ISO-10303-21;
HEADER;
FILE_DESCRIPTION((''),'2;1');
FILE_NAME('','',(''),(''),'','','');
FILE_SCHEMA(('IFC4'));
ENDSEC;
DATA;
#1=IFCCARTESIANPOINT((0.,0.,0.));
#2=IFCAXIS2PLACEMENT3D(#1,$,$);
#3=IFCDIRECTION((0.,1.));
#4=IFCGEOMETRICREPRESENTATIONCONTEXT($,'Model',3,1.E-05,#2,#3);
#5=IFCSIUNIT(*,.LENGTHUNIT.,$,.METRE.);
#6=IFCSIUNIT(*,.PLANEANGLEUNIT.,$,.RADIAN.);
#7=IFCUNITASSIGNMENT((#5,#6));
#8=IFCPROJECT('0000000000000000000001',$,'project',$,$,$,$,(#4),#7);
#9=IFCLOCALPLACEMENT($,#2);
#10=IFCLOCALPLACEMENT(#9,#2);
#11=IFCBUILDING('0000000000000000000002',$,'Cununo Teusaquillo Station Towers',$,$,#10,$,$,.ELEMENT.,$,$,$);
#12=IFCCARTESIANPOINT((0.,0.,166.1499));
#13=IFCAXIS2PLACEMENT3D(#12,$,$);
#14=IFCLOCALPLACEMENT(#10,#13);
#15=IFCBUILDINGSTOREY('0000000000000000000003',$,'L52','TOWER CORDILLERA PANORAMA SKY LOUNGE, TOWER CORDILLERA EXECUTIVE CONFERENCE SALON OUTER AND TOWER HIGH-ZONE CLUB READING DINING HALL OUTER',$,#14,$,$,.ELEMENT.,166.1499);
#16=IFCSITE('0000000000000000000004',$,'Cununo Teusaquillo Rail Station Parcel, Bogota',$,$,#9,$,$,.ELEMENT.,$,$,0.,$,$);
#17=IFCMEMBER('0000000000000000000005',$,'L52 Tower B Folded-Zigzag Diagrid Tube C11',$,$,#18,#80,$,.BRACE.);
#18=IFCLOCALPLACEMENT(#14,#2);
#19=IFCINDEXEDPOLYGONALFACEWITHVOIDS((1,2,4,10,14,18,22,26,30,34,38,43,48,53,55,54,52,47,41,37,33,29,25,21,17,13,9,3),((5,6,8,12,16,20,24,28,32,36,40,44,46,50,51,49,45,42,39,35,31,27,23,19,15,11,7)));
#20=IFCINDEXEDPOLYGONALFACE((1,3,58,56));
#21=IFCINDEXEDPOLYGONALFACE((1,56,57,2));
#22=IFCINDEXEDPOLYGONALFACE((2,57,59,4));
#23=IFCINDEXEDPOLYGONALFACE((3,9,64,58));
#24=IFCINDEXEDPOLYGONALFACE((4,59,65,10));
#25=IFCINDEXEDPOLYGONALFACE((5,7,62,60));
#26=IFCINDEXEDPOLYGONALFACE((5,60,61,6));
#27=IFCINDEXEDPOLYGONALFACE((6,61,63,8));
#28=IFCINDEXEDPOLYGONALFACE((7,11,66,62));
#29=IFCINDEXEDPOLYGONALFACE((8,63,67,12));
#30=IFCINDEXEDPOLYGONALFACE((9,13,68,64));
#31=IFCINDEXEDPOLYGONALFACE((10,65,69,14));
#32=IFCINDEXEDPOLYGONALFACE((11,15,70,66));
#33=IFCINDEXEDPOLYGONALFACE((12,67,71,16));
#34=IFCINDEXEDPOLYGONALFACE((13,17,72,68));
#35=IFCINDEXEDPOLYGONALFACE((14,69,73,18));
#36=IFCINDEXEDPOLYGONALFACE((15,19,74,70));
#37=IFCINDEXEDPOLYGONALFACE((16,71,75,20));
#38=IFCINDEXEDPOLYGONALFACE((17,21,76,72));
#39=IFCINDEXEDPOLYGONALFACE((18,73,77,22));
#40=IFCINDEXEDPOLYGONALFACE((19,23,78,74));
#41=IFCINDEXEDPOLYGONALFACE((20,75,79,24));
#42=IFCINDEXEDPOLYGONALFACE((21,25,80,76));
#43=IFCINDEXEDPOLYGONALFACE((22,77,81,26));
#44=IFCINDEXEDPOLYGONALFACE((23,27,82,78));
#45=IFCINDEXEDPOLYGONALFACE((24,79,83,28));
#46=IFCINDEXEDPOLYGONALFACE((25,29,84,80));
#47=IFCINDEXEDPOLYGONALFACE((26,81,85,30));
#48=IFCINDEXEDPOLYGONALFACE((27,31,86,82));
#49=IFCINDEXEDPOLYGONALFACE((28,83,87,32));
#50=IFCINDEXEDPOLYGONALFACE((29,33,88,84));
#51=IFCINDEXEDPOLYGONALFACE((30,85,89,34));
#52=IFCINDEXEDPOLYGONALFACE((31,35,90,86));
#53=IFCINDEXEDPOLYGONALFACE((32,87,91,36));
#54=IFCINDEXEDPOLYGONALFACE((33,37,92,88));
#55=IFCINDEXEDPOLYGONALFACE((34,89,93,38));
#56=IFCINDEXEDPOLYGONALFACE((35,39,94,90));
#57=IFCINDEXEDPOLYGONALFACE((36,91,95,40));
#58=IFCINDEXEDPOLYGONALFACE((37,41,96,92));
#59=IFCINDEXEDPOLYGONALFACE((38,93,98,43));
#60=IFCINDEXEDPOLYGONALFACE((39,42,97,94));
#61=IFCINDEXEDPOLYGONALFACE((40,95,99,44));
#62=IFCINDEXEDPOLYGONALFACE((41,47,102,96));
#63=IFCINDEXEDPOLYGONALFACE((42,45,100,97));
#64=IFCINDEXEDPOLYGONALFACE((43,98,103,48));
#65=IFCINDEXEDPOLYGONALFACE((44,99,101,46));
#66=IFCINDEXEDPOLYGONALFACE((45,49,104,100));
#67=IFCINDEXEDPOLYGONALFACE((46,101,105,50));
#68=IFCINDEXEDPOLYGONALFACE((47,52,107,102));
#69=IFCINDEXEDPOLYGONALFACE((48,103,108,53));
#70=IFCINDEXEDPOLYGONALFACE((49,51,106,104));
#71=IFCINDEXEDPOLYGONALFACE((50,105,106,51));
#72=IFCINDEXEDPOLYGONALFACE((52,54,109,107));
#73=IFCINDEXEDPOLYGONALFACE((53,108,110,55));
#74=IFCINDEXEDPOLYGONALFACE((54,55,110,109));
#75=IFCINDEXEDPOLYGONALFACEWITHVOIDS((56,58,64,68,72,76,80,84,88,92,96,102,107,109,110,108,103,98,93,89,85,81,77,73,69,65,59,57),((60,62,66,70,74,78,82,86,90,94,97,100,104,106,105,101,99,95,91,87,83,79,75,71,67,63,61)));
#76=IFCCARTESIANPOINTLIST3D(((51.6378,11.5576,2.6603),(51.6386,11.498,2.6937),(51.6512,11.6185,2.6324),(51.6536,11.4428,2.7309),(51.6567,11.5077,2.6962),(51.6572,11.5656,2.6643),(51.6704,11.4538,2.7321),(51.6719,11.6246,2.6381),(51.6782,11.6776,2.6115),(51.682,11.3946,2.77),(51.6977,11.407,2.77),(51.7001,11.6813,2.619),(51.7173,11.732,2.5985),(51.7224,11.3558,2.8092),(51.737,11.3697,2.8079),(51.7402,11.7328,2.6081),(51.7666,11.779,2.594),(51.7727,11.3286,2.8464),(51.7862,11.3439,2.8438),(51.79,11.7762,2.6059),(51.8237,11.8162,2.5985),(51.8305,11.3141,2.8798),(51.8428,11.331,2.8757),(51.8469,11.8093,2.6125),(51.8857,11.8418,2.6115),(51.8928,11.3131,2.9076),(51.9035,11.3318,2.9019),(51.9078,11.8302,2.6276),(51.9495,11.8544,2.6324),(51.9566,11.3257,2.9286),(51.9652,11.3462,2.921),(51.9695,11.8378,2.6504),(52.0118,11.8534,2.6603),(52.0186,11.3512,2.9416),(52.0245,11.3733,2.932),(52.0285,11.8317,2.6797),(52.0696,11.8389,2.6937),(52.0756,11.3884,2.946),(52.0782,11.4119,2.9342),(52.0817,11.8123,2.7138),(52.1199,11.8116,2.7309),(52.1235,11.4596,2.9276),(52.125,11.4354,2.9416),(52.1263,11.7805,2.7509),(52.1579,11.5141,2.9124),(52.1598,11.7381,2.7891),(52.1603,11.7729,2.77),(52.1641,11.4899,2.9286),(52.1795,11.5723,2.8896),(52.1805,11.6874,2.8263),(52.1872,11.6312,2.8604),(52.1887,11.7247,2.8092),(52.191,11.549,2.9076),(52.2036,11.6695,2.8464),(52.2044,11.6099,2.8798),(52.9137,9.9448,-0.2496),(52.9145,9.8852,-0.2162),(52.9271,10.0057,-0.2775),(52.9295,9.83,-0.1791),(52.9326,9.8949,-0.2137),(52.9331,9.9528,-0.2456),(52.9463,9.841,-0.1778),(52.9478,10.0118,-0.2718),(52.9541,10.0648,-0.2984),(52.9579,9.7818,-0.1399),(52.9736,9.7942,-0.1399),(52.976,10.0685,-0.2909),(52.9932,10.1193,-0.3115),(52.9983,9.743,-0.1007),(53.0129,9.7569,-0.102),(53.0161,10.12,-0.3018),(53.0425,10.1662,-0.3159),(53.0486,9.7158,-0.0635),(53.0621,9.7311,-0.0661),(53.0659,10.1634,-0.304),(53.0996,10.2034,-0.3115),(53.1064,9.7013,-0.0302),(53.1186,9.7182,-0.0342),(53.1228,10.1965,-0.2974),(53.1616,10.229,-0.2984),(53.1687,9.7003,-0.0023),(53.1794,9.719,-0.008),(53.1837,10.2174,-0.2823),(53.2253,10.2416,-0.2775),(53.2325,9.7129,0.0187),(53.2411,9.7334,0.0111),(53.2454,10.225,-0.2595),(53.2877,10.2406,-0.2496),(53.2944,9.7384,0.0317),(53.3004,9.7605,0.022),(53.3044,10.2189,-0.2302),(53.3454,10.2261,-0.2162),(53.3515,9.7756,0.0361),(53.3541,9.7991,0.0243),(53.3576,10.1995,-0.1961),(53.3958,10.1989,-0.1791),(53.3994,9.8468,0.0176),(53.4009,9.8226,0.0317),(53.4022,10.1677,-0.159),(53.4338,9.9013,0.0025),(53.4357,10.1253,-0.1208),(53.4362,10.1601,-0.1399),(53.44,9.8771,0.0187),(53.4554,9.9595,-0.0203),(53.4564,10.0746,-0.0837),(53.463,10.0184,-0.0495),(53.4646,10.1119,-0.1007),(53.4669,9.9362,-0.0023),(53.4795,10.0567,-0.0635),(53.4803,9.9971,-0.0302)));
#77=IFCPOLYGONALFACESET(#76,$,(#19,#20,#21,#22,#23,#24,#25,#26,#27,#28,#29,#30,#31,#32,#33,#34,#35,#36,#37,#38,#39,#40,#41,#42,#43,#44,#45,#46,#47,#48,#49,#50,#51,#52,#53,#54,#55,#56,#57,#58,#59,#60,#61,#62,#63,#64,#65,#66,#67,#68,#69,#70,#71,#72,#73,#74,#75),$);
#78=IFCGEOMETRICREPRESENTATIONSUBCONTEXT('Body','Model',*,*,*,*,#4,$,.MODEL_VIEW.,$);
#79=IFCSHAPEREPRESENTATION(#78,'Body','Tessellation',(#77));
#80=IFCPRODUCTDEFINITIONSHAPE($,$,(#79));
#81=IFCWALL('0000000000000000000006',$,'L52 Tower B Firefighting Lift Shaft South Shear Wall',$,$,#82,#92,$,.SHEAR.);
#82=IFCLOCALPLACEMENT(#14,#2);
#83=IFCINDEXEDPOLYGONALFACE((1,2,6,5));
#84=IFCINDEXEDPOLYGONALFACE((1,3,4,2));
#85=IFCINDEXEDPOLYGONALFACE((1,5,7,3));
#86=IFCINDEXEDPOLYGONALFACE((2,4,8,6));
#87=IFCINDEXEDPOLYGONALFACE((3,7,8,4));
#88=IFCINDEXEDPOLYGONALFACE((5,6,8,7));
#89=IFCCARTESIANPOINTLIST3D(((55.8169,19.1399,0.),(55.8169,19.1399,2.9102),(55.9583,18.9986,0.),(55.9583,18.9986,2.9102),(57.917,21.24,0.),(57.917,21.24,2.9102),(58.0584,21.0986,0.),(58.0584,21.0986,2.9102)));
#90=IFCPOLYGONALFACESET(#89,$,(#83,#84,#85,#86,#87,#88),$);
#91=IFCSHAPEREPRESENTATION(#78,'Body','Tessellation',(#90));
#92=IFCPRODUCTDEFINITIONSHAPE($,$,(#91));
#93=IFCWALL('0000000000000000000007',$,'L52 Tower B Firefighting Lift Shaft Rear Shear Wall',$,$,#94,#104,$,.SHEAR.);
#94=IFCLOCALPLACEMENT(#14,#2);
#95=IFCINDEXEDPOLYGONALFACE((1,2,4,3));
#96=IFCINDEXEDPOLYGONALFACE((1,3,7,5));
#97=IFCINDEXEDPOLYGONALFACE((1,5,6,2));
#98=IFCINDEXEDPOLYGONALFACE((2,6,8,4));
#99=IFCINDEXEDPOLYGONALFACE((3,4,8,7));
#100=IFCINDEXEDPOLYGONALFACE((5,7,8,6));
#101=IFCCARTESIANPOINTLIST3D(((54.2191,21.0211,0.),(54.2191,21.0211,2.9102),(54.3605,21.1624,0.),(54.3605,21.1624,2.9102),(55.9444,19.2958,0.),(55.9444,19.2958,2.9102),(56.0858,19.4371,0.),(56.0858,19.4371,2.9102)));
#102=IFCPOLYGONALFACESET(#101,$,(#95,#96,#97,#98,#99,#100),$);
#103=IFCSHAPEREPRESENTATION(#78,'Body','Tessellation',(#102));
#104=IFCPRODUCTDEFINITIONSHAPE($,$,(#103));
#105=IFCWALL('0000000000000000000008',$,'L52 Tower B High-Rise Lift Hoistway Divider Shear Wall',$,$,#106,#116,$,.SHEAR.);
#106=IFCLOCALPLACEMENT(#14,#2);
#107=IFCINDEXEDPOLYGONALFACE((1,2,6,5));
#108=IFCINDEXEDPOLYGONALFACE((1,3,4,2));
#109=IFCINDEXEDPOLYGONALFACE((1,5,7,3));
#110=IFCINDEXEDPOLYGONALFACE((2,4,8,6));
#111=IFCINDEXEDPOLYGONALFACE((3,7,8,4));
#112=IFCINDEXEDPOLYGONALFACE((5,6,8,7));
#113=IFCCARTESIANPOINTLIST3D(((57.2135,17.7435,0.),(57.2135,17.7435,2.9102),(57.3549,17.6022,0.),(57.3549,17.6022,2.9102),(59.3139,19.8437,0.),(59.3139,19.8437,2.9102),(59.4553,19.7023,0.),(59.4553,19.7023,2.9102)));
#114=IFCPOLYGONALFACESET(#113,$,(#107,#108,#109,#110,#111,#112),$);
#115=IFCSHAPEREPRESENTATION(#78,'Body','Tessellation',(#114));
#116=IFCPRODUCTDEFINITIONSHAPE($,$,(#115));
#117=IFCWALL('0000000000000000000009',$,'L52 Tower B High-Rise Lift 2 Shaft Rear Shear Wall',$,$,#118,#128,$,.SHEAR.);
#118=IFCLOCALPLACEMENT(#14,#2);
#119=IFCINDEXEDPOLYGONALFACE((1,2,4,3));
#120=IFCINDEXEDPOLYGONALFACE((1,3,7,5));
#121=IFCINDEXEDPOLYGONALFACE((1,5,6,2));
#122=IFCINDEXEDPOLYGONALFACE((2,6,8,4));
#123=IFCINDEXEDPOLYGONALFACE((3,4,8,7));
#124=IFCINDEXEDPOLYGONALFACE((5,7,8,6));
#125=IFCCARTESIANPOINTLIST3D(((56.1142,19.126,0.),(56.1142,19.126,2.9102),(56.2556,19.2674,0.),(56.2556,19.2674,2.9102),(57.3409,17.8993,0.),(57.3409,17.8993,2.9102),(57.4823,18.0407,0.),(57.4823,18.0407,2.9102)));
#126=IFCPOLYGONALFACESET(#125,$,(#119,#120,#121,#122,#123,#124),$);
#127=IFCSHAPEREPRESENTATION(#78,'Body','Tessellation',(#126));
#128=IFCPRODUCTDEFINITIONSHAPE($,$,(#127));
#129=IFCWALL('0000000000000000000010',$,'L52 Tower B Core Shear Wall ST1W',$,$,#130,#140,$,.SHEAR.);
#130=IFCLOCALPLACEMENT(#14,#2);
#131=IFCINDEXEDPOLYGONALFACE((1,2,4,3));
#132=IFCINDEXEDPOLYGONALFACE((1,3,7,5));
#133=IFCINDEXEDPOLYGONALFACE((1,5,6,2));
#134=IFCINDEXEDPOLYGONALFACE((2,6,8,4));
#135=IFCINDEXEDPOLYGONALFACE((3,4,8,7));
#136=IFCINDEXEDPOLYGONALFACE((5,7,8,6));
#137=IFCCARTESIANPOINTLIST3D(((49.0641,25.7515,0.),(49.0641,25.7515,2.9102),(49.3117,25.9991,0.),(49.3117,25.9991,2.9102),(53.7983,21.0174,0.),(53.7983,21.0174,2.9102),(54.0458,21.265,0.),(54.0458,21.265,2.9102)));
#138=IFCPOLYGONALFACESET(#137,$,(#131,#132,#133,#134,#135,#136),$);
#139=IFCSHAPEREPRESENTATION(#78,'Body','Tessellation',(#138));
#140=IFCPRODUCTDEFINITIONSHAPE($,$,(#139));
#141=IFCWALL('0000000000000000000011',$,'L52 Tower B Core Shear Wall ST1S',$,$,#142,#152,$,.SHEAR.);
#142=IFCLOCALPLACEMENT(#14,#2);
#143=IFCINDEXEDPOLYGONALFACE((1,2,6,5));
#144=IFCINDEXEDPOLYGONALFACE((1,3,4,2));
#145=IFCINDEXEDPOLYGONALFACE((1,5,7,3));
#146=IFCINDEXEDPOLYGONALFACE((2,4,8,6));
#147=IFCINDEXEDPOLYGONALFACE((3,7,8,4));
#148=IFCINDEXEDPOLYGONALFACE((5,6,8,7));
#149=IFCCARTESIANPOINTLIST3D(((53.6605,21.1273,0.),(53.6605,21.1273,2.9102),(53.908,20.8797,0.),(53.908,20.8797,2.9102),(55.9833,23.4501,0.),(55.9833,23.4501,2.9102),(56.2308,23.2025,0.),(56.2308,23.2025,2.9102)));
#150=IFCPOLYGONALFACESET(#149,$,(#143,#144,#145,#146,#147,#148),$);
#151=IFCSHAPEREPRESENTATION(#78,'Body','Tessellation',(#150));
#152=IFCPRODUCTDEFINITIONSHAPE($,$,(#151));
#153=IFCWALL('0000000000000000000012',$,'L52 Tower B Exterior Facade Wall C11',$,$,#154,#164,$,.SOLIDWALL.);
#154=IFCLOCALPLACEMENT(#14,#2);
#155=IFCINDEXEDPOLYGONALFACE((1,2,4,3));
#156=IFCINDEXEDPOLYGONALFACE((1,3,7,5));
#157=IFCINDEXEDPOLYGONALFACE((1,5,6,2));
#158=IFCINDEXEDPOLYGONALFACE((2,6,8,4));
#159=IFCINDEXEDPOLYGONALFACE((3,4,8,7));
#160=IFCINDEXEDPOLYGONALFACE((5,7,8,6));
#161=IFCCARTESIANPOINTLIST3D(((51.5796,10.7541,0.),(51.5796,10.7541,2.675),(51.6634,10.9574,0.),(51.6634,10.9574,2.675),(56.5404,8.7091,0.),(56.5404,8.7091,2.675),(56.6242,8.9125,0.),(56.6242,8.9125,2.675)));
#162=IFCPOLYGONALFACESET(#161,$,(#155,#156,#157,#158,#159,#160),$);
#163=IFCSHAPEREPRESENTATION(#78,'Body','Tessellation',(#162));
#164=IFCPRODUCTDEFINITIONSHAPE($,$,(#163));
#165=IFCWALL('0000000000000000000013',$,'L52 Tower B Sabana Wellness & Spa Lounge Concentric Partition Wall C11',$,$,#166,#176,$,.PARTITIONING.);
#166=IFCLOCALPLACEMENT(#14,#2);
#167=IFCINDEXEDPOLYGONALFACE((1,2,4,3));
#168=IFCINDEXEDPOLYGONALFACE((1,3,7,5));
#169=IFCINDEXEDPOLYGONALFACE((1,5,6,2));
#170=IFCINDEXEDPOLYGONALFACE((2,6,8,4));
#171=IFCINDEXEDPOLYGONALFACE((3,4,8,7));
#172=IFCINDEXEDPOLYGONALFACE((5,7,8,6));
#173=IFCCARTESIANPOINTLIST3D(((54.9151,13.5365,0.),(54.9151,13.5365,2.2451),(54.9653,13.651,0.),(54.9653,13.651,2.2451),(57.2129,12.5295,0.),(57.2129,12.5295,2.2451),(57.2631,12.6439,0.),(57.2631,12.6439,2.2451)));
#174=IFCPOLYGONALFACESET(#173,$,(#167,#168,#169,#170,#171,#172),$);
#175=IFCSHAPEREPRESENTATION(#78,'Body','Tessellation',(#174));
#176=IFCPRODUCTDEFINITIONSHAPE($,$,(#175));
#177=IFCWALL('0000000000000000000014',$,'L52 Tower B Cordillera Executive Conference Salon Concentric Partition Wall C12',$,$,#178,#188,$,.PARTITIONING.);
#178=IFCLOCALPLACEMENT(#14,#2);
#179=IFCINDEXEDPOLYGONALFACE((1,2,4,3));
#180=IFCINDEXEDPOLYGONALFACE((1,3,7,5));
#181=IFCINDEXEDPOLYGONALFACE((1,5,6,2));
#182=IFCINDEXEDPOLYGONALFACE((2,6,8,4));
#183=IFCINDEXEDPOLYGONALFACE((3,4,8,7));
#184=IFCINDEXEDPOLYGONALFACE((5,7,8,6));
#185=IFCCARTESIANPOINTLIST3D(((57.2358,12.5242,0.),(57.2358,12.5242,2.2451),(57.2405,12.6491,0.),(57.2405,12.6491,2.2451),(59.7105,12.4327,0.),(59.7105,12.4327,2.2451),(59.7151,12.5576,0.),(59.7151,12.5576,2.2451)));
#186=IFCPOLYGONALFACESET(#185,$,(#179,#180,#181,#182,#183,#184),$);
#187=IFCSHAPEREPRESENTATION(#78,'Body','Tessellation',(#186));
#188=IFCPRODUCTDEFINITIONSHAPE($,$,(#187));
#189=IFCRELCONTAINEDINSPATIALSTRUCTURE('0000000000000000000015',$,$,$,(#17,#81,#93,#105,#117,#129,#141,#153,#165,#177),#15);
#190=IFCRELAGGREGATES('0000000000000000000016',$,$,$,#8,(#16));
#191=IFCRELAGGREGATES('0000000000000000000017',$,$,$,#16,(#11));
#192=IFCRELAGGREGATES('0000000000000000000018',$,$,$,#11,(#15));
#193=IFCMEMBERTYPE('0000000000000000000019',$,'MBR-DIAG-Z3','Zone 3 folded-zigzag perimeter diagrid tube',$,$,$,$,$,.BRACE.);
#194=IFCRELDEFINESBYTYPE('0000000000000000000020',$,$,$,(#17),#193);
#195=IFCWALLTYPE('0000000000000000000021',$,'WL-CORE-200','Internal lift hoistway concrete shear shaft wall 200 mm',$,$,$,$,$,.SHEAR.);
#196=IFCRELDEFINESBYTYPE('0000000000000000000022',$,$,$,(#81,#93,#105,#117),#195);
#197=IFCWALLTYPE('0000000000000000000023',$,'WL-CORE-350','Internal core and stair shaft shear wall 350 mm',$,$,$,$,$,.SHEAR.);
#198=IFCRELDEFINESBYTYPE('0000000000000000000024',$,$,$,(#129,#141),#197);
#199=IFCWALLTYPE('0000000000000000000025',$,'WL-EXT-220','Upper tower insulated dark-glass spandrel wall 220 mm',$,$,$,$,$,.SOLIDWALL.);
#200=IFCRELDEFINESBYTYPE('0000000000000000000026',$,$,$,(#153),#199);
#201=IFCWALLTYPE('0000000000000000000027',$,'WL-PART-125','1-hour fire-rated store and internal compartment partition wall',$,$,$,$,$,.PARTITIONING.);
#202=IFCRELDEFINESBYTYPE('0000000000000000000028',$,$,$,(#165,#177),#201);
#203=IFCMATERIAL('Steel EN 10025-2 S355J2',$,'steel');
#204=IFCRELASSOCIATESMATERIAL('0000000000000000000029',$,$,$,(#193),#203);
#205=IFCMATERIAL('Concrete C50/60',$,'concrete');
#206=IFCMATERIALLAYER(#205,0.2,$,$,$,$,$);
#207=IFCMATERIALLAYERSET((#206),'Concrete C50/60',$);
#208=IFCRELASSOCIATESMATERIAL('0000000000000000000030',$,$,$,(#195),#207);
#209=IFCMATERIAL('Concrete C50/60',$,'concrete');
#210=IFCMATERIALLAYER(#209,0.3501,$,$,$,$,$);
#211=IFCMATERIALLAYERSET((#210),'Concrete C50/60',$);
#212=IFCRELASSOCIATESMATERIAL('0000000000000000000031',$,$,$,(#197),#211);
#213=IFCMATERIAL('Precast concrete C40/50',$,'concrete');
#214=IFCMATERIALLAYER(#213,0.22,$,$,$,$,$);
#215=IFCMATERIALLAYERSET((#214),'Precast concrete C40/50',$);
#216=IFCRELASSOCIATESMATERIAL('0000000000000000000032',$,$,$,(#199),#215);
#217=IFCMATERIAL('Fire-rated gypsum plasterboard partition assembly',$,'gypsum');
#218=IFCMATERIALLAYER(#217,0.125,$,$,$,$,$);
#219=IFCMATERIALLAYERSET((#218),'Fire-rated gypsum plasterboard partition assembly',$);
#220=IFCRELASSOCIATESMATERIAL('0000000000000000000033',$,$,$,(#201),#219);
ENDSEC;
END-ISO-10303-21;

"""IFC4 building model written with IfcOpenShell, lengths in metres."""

from ifc_helpers import new_model, si_unit, direction, frame, frame_2d, origin, origin_2d, place, context, subcontext, project, spatial, rectangle, hollow_circle, extrude, material, layer, layer_set, material_profile, profile_set, type_object, element, save


model = new_model("IFC4")

# Units and contexts
model_context = context("Model", 3, precision=1e-05, world=origin(), true_north=direction((0.0, 1.0)))
body_context = subcontext(model_context, "Body", "Model", "MODEL_VIEW")
ifc_project = project(units=[si_unit("LENGTHUNIT", "METRE"), si_unit("PLANEANGLEUNIT", "RADIAN")], contexts=[model_context])

# Site, building, storey
site_placement = place(None, origin())
site = spatial("IfcSite", under=ifc_project, at=site_placement, Name="Cununo Teusaquillo Rail Station Parcel, Bogota", CompositionType="ELEMENT", RefElevation=0.0)
building_placement = place(site_placement, origin())
building = spatial("IfcBuilding", under=site, at=building_placement, Name="Cununo Teusaquillo Station Towers", CompositionType="ELEMENT")
storey_placement = place(building_placement, frame((0.0, 0.0, 166.1499)))
storey = spatial("IfcBuildingStorey", under=building, at=storey_placement, Name="L52", Description="TOWER CORDILLERA PANORAMA SKY LOUNGE, TOWER CORDILLERA EXECUTIVE CONFERENCE SALON OUTER AND TOWER HIGH-ZONE CLUB READING DINING HALL OUTER", CompositionType="ELEMENT", Elevation=166.1499)

# Member
ifc_material_1 = material(Name="Steel EN 10025-2 S355J2", Category="steel")
ifc_material_profile_1 = material_profile(ifc_material_1, hollow_circle(Radius=0.3049, WallThickness=0.02, at=origin_2d()), Name="CHS 610x20")
ifc_profile_set_1 = profile_set([ifc_material_profile_1], Name="Steel EN 10025-2 S355J2")
member_type = type_object("IfcMemberType", Name="MBR-DIAG-Z3", Description="Zone 3 folded-zigzag perimeter diagrid tube", PredefinedType="BRACE", material=ifc_profile_set_1)
member_placement = place(storey_placement, frame((53.197, 9.9709, -0.1399), z_axis=(-0.358069, 0.452622, 0.816652), x_axis=(-0.784262, -0.620429, 0.0)))
element("IfcMember", 1, at=member_placement, inside=storey, type_object=member_type, Name="L52 Tower B Folded-Zigzag Diagrid Tube C11", PredefinedType="BRACE", context=body_context, shape_type="SweptSolid", body=[
    extrude(hollow_circle(Radius=0.3049, WallThickness=0.02, at=origin_2d()), origin(), (0.0, 0.0, 1.0), 3.5632),
])

# Walls
ifc_material_2 = material(Name="Concrete C50/60", Category="concrete")
ifc_layer_1 = layer(ifc_material_2, 0.2)
ifc_layer_set_1 = layer_set([ifc_layer_1], Name="Concrete C50/60")
wall_type_1 = type_object("IfcWallType", Name="WL-CORE-200", Description="Internal lift hoistway concrete shear shaft wall 200 mm", PredefinedType="SHEAR", material=ifc_layer_set_1)
wall_1_placement = place(storey_placement, frame((55.8877, 19.0693, 0.0), z_axis=(0.0, 0.0, 1.0), x_axis=(0.707107, 0.707107, 0.0)))
element("IfcWall", 2, at=wall_1_placement, inside=storey, type_object=wall_type_1, Name="L52 Tower B Firefighting Lift Shaft South Shear Wall", PredefinedType="SHEAR", context=body_context, shape_type="SweptSolid", body=[
    extrude(rectangle(XDim=2.97, YDim=0.2, at=frame_2d((1.4849, 0.0))), origin(), (0.0, 0.0, 1.0), 2.9102),
])
wall_2_placement = place(storey_placement, frame((56.0151, 19.3665, 0.0), z_axis=(0.0, 0.0, 1.0), x_axis=(-0.707107, 0.707107, 0.0)))
element("IfcWall", 3, at=wall_2_placement, inside=storey, type_object=wall_type_1, Name="L52 Tower B Firefighting Lift Shaft Rear Shear Wall", PredefinedType="SHEAR", context=body_context, shape_type="SweptSolid", body=[
    extrude(rectangle(XDim=2.4399, YDim=0.2, at=frame_2d((1.22, 0.0))), origin(), (0.0, 0.0, 1.0), 2.9102),
])
wall_3_placement = place(storey_placement, frame((57.2842, 17.6729, 0.0), z_axis=(0.0, 0.0, 1.0), x_axis=(0.707148, 0.707066, 0.0)))
element("IfcWall", 4, at=wall_3_placement, inside=storey, type_object=wall_type_1, Name="L52 Tower B High-Rise Lift Hoistway Divider Shear Wall", PredefinedType="SHEAR", context=body_context, shape_type="SweptSolid", body=[
    extrude(rectangle(XDim=2.9702, YDim=0.2, at=frame_2d((1.4851, 0.0))), origin(), (0.0, 0.0, 1.0), 2.9102),
])
wall_4_placement = place(storey_placement, frame((57.4116, 17.97, 0.0), z_axis=(0.0, 0.0, 1.0), x_axis=(-0.707107, 0.707107, 0.0)))
element("IfcWall", 5, at=wall_4_placement, inside=storey, type_object=wall_type_1, Name="L52 Tower B High-Rise Lift 2 Shaft Rear Shear Wall", PredefinedType="SHEAR", context=body_context, shape_type="SweptSolid", body=[
    extrude(rectangle(XDim=1.7349, YDim=0.2, at=frame_2d((0.8674, 0.0))), origin(), (0.0, 0.0, 1.0), 2.9102),
])
ifc_material_3 = material(Name="Concrete C50/60", Category="concrete")
ifc_layer_2 = layer(ifc_material_3, 0.3501)
ifc_layer_set_2 = layer_set([ifc_layer_2], Name="Concrete C50/60")
wall_type_2 = type_object("IfcWallType", Name="WL-CORE-350", Description="Internal core and stair shaft shear wall 350 mm", PredefinedType="SHEAR", material=ifc_layer_set_2)
wall_5_placement = place(storey_placement, frame((53.9221, 21.1411, 0.0), z_axis=(0.0, 0.0, 1.0), x_axis=(-0.707107, 0.707107, 0.0)))
element("IfcWall", 6, at=wall_5_placement, inside=storey, type_object=wall_type_2, Name="L52 Tower B Core Shear Wall ST1W", PredefinedType="SHEAR", context=body_context, shape_type="SweptSolid", body=[
    extrude(rectangle(XDim=6.6951, YDim=0.3501, at=frame_2d((3.3477, 0.0))), origin(), (0.0, 0.0, 1.0), 2.9102),
])
wall_6_placement = place(storey_placement, frame((53.7842, 21.0034, 0.0), z_axis=(0.0, 0.0, 1.0), x_axis=(0.707107, 0.707107, 0.0)))
element("IfcWall", 7, at=wall_6_placement, inside=storey, type_object=wall_type_2, Name="L52 Tower B Core Shear Wall ST1S", PredefinedType="SHEAR", context=body_context, shape_type="SweptSolid", body=[
    extrude(rectangle(XDim=3.2849, YDim=0.3501, at=frame_2d((1.6426, 0.0))), origin(), (0.0, 0.0, 1.0), 2.9102),
])
ifc_material_4 = material(Name="Precast concrete C40/50", Category="concrete")
ifc_layer_3 = layer(ifc_material_4, 0.22)
ifc_layer_set_3 = layer_set([ifc_layer_3], Name="Precast concrete C40/50")
wall_type_3 = type_object("IfcWallType", Name="WL-EXT-220", Description="Upper tower insulated dark-glass spandrel wall 220 mm", PredefinedType="SOLIDWALL", material=ifc_layer_set_3)
wall_7_placement = place(storey_placement, frame((56.5823, 8.8108, 0.0), z_axis=(0.0, 0.0, 1.0), x_axis=(-0.924528, 0.381114, 0.0)))
element("IfcWall", 8, at=wall_7_placement, inside=storey, type_object=wall_type_3, Name="L52 Tower B Exterior Facade Wall C11", PredefinedType="SOLIDWALL", context=body_context, shape_type="SweptSolid", body=[
    extrude(rectangle(XDim=5.3657, YDim=0.22, at=frame_2d((2.6829, 0.0))), origin(), (0.0, 0.0, 1.0), 2.675),
])
ifc_material_5 = material(Name="Fire-rated gypsum plasterboard partition assembly", Category="gypsum")
ifc_layer_4 = layer(ifc_material_5, 0.125)
ifc_layer_set_4 = layer_set([ifc_layer_4], Name="Fire-rated gypsum plasterboard partition assembly")
wall_type_4 = type_object("IfcWallType", Name="WL-PART-125", Description="1-hour fire-rated store and internal compartment partition wall", PredefinedType="PARTITIONING", material=ifc_layer_set_4)
wall_8_placement = place(storey_placement, frame((54.9402, 13.5938, 0.0), z_axis=(0.0, 0.0, 1.0), x_axis=(0.915898, -0.401411, 0.0)))
element("IfcWall", 9, at=wall_8_placement, inside=storey, type_object=wall_type_4, Name="L52 Tower B Sabana Wellness & Spa Lounge Concentric Partition Wall C11", PredefinedType="PARTITIONING", context=body_context, shape_type="SweptSolid", body=[
    extrude(rectangle(XDim=2.5088, YDim=0.125, at=frame_2d((1.2544, 0.0))), origin(), (0.0, 0.0, 1.0), 2.2451),
])
wall_9_placement = place(storey_placement, frame((57.238, 12.5867, 0.0), z_axis=(0.0, 0.0, 1.0), x_axis=(0.999316, -0.036972, 0.0)))
element("IfcWall", 10, at=wall_9_placement, inside=storey, type_object=wall_type_4, Name="L52 Tower B Cordillera Executive Conference Salon Concentric Partition Wall C12", PredefinedType="PARTITIONING", context=body_context, shape_type="SweptSolid", body=[
    extrude(rectangle(XDim=2.4763, YDim=0.125, at=frame_2d((1.2383, 0.0))), origin(), (0.0, 0.0, 1.0), 2.2451),
])

save(model, "model.ifc")
